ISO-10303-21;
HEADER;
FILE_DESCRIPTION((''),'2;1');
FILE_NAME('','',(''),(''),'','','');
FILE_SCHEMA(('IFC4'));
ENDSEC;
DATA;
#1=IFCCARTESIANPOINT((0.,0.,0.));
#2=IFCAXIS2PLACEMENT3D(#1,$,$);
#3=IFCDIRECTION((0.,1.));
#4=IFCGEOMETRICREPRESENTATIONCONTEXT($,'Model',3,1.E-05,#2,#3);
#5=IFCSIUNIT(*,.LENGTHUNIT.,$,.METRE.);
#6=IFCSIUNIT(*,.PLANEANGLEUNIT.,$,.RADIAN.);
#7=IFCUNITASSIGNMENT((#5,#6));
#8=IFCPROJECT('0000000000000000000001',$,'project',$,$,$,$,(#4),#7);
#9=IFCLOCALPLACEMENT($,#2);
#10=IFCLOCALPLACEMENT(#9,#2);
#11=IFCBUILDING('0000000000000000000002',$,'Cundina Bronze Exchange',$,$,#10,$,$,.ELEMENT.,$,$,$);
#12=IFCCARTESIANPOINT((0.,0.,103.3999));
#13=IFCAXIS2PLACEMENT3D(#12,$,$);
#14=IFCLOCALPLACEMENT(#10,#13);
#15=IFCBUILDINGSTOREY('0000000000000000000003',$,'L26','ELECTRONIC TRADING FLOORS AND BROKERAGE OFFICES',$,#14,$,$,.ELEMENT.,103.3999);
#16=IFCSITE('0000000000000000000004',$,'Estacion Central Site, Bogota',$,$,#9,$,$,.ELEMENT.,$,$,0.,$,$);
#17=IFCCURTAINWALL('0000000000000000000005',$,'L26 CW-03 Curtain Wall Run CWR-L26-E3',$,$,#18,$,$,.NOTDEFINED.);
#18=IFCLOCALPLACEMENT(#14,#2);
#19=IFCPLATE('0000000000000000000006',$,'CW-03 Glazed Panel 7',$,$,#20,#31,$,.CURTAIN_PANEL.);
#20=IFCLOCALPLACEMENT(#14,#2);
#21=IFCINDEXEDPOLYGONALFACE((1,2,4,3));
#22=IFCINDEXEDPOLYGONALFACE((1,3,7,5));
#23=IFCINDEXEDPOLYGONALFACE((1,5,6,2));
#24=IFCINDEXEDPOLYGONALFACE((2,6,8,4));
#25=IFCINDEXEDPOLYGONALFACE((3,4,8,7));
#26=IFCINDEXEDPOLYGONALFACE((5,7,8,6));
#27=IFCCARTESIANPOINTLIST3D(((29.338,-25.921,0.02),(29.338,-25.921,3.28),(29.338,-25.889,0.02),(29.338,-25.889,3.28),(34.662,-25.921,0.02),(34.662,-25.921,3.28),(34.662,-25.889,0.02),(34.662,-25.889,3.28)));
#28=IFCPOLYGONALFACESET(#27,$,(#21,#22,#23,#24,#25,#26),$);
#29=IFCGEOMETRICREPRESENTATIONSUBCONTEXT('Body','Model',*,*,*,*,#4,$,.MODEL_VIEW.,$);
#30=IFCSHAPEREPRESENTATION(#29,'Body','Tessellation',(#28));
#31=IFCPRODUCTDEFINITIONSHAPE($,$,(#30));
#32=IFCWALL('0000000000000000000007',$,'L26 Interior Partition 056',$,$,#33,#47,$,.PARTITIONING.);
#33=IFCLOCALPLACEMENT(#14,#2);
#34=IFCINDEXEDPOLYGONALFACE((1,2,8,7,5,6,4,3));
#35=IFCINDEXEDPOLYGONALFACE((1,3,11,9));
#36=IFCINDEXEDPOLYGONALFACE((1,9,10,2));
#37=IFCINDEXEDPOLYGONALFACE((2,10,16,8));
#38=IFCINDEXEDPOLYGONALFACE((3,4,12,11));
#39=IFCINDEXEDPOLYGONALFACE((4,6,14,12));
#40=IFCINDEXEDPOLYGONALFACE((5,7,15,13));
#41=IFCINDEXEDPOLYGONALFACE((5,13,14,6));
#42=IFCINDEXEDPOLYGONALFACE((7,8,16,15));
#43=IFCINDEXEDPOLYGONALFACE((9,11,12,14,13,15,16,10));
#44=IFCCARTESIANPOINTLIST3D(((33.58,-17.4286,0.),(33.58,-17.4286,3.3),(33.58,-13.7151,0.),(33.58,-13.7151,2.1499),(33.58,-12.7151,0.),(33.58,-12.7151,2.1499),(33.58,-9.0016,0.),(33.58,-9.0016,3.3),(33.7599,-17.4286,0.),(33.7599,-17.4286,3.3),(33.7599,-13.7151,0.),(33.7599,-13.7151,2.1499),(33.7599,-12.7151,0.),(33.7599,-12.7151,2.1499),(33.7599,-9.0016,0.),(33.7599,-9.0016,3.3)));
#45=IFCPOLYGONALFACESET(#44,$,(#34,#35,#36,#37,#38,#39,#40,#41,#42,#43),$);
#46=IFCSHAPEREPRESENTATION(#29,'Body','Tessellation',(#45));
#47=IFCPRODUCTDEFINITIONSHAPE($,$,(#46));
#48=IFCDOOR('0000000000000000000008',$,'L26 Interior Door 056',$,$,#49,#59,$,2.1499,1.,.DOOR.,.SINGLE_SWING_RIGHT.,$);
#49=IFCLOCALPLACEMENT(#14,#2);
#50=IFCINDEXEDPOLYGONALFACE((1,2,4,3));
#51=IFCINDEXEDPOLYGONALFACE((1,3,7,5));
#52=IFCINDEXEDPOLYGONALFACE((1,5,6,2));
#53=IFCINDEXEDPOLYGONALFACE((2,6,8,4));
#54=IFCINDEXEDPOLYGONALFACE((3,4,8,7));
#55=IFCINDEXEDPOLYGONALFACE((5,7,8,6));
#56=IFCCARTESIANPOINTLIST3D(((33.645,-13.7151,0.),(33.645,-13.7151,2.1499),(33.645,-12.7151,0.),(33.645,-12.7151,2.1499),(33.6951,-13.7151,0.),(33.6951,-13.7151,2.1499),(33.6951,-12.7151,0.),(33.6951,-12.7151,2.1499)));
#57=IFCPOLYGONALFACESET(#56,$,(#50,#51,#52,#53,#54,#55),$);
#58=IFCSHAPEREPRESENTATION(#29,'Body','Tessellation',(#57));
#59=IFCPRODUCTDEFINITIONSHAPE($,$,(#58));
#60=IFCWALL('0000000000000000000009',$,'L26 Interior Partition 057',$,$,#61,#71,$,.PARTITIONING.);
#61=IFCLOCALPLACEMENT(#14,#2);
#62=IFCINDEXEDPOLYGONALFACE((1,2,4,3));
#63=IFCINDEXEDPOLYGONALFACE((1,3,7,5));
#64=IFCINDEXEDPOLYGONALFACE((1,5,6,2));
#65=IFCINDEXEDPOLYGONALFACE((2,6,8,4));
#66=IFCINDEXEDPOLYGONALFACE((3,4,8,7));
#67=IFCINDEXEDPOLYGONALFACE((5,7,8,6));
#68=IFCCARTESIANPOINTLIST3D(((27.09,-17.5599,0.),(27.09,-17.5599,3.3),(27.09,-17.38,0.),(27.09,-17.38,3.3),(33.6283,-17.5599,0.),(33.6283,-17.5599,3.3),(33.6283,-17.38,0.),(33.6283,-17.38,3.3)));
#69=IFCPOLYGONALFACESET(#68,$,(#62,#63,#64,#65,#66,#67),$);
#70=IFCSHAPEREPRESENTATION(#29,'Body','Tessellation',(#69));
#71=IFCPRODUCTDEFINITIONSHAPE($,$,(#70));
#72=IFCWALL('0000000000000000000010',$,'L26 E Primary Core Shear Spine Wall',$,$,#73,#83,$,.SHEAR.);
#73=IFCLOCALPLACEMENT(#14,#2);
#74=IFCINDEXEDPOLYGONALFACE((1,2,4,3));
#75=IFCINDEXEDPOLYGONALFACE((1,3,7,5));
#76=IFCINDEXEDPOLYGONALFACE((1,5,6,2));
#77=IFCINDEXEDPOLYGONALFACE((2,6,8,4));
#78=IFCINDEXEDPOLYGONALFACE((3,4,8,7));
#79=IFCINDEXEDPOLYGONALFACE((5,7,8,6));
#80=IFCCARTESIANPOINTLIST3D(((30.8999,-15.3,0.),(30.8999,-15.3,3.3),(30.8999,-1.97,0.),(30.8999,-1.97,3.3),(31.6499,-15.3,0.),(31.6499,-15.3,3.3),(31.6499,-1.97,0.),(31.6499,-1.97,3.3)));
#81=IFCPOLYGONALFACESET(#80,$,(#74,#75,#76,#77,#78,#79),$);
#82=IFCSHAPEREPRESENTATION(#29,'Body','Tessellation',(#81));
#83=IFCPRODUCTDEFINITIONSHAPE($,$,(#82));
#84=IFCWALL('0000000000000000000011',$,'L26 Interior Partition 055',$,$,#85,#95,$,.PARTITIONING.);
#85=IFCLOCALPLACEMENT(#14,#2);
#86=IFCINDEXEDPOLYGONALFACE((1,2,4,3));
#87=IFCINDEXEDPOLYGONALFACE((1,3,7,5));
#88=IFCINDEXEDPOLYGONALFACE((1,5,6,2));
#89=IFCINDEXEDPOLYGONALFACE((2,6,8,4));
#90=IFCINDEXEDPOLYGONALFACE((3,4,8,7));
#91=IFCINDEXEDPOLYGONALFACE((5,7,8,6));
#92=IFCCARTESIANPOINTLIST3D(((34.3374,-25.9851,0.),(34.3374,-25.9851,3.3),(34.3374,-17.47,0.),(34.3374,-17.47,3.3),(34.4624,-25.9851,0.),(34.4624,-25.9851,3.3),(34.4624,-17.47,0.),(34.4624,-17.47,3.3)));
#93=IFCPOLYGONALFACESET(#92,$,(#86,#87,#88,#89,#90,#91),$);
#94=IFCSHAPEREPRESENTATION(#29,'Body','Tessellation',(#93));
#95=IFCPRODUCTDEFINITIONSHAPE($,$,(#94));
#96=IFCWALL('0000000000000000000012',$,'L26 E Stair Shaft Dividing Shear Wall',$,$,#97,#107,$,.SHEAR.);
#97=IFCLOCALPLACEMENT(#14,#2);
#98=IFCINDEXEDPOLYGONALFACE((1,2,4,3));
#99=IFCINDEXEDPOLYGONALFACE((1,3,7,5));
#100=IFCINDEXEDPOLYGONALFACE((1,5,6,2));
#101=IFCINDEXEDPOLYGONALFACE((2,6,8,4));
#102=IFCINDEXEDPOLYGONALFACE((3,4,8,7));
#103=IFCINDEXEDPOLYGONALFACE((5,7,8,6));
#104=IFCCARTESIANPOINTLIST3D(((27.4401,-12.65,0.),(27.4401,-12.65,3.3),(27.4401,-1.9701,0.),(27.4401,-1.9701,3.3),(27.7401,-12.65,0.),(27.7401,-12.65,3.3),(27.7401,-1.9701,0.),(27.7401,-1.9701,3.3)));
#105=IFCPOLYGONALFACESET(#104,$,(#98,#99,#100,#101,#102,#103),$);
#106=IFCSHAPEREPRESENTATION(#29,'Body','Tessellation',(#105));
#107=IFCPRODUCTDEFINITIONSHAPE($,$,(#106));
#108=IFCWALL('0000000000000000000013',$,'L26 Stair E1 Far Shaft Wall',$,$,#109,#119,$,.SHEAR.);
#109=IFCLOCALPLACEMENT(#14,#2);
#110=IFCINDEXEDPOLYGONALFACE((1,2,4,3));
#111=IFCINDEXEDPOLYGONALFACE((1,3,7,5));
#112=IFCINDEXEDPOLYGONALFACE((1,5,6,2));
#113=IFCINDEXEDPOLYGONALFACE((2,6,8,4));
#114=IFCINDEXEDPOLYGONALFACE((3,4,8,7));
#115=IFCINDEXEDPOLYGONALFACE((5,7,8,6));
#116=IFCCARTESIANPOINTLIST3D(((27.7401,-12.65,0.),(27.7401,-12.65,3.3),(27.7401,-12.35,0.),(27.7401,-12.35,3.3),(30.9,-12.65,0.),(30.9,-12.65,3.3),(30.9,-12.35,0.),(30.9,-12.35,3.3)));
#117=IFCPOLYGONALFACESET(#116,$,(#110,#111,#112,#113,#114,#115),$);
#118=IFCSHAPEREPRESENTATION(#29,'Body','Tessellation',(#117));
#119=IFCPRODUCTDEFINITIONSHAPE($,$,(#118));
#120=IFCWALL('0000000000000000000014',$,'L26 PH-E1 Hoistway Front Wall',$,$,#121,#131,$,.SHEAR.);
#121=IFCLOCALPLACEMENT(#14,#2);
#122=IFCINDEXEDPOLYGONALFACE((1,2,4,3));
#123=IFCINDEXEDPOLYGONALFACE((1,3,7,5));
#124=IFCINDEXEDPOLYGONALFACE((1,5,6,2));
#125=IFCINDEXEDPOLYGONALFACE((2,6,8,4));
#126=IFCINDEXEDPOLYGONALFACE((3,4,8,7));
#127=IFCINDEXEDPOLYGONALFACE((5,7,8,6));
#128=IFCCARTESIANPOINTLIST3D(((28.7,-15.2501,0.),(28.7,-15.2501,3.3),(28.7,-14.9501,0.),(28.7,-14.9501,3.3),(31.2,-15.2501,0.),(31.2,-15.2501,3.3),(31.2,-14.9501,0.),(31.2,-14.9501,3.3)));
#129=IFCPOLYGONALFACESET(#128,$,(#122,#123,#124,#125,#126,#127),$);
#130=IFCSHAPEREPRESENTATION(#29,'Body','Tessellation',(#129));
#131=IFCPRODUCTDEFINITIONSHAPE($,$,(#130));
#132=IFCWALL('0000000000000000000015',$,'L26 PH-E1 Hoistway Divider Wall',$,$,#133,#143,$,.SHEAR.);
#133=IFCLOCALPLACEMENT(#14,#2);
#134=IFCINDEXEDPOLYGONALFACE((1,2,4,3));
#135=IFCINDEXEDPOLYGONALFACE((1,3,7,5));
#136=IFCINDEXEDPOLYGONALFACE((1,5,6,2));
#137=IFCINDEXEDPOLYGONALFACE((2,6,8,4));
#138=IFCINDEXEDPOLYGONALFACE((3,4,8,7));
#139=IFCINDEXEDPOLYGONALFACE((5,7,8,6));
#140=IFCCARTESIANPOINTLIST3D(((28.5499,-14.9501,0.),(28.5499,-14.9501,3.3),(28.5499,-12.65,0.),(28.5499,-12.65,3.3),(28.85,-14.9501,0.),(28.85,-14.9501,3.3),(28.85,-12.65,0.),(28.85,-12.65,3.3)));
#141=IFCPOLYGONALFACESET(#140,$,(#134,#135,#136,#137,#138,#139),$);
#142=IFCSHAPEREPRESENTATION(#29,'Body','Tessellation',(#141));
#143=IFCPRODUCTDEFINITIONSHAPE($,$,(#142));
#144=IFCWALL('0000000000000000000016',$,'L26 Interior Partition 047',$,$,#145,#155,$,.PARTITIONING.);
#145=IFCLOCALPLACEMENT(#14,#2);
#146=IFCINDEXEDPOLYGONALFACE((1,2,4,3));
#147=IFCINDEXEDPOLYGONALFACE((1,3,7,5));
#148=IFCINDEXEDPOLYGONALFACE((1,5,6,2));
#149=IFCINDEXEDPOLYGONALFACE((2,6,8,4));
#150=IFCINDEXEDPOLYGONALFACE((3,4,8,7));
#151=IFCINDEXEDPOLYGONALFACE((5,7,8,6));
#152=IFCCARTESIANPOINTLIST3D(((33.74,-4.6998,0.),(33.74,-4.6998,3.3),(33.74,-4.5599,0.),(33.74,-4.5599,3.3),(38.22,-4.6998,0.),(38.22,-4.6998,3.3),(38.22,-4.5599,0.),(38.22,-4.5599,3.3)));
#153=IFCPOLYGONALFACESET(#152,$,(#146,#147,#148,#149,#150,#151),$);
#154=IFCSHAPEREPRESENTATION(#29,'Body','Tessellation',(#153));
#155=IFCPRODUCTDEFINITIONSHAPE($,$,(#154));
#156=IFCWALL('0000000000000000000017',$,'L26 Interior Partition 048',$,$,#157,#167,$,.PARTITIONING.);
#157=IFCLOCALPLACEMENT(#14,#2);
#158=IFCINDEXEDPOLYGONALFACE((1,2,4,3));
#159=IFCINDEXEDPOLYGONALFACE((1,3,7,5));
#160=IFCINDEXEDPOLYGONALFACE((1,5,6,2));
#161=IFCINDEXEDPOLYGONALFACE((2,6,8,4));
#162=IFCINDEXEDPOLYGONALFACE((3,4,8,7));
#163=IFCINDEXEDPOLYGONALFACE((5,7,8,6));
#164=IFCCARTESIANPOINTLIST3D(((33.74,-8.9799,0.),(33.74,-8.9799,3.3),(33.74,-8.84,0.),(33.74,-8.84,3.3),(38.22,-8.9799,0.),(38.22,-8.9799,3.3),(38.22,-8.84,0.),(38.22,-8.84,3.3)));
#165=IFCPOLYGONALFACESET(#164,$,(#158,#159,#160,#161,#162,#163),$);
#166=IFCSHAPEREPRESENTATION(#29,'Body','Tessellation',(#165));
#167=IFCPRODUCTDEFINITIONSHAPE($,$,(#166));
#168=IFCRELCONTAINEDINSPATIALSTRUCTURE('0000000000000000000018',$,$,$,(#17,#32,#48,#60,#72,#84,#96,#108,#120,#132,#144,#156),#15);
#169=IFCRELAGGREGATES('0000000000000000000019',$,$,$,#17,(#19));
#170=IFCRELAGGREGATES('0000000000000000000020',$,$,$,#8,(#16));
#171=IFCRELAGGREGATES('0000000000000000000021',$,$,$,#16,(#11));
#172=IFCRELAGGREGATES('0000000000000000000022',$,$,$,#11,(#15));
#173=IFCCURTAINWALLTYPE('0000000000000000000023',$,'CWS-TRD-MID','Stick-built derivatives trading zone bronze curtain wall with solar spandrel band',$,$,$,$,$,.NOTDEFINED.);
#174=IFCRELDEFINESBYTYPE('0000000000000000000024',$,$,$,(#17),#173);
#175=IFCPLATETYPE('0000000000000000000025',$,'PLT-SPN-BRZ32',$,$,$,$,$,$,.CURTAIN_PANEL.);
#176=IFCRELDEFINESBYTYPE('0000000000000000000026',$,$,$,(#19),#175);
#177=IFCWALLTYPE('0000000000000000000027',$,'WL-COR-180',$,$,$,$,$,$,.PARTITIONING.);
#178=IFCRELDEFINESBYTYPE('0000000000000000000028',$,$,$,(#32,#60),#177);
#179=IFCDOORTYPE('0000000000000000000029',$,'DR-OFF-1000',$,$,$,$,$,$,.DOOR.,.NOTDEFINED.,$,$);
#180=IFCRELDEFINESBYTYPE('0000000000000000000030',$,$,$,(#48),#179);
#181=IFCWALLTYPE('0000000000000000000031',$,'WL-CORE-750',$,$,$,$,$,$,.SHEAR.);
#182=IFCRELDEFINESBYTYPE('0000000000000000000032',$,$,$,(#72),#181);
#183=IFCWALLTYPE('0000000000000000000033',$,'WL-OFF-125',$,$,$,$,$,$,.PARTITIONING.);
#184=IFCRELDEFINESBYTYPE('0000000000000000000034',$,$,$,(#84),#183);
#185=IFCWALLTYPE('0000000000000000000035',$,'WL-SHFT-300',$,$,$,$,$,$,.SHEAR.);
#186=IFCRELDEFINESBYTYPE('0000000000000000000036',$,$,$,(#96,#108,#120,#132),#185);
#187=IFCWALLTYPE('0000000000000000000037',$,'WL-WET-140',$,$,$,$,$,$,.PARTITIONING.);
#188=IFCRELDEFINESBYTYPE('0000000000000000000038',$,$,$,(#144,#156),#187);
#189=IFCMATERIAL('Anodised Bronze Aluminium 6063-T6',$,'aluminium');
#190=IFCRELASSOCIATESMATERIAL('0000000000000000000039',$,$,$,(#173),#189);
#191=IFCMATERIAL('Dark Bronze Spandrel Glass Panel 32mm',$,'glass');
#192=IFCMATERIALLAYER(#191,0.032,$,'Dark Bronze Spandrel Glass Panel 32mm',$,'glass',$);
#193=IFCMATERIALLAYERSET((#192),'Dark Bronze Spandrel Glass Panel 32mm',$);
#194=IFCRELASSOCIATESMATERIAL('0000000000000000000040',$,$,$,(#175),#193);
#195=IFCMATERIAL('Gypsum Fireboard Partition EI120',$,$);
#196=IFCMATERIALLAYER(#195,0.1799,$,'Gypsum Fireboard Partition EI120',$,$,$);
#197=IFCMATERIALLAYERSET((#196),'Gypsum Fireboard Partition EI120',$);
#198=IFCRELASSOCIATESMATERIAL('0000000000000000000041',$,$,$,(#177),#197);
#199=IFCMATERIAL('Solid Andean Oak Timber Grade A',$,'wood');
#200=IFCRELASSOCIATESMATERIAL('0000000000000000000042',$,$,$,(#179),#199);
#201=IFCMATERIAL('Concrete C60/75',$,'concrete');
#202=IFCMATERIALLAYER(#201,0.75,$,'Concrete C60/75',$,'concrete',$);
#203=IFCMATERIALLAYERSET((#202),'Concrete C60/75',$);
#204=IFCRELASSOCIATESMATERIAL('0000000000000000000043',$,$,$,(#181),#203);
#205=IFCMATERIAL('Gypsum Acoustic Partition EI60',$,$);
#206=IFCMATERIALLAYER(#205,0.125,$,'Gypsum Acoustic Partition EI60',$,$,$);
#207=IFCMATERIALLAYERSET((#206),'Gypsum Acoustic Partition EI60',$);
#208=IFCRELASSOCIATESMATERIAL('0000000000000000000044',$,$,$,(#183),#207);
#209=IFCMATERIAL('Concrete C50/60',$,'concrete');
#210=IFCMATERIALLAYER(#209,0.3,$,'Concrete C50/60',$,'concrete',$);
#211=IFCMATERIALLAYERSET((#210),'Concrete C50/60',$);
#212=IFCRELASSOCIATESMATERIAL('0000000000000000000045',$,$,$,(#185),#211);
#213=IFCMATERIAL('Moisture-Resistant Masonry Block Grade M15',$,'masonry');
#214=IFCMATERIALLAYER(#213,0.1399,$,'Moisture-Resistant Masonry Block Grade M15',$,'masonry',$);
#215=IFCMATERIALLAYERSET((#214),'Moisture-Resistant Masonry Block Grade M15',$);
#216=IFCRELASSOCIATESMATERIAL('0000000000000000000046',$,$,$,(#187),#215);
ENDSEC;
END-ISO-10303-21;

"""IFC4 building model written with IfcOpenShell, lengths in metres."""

from ifc_helpers import new_model, si_unit, direction, frame, frame_2d, origin, origin_2d, place, context, subcontext, project, spatial, rectangle, extrude, material, layer, layer_set, type_object, element, fill, aggregate, save


model = new_model("IFC4")

# Units and contexts
model_context = context("Model", 3, precision=1e-05, world=origin(), true_north=direction((0.0, 1.0)))
body_context = subcontext(model_context, "Body", "Model", "MODEL_VIEW")
ifc_project = project(units=[si_unit("LENGTHUNIT", "METRE"), si_unit("PLANEANGLEUNIT", "RADIAN")], contexts=[model_context])

# Site, building, storey
site_placement = place(None, origin())
site = spatial("IfcSite", under=ifc_project, at=site_placement, Name="Estacion Central Site, Bogota", CompositionType="ELEMENT", RefElevation=0.0)
building_placement = place(site_placement, origin())
building = spatial("IfcBuilding", under=site, at=building_placement, Name="Cundina Bronze Exchange", CompositionType="ELEMENT")
storey_placement = place(building_placement, frame((0.0, 0.0, 103.3999)))
storey = spatial("IfcBuildingStorey", under=building, at=storey_placement, Name="L26", Description="ELECTRONIC TRADING FLOORS AND BROKERAGE OFFICES", CompositionType="ELEMENT", Elevation=103.3999)

# Shared definitions
ifc_material_1 = material(Name="Concrete C60/75", Category="concrete")

# Curtain wall, plate
ifc_material_2 = material(Name="Anodised Bronze Aluminium 6063-T6", Category="aluminium")
curtain_wall_type = type_object("IfcCurtainWallType", Name="CWS-TRD-MID", Description="Stick-built derivatives trading zone bronze curtain wall with solar spandrel band", PredefinedType="NOTDEFINED", material=ifc_material_2)
curtain_wall_placement = place(storey_placement, origin())
curtain_wall = element("IfcCurtainWall", 1, at=curtain_wall_placement, inside=storey, type_object=curtain_wall_type, Name="L26 CW-03 Curtain Wall Run CWR-L26-E3", PredefinedType="NOTDEFINED")
ifc_material_3 = material(Name="Dark Bronze Spandrel Glass Panel 32mm", Category="glass")
ifc_layer_1 = layer(ifc_material_3, 0.032, Name="Dark Bronze Spandrel Glass Panel 32mm", Category="glass")
ifc_layer_set_1 = layer_set([ifc_layer_1], Name="Dark Bronze Spandrel Glass Panel 32mm")
plate_type = type_object("IfcPlateType", Name="PLT-SPN-BRZ32", PredefinedType="CURTAIN_PANEL", material=ifc_layer_set_1)
plate_placement = place(storey_placement, frame((32.0, -25.905, 0.02), z_axis=(0.0, 0.0, 1.0), x_axis=(1.0, 0.0, 0.0)))
plate = element("IfcPlate", 2, at=plate_placement, type_object=plate_type, Name="CW-03 Glazed Panel 7", PredefinedType="CURTAIN_PANEL", context=body_context, shape_type="SweptSolid", body=[
    extrude(rectangle(XDim=5.324, YDim=0.032, at=origin_2d()), origin(), (0.0, 0.0, 1.0), 3.26),
])
aggregate(curtain_wall, [plate])

# Wall, opening, door
ifc_material_4 = material(Name="Gypsum Fireboard Partition EI120")
ifc_layer_2 = layer(ifc_material_4, 0.1799, Name="Gypsum Fireboard Partition EI120")
ifc_layer_set_2 = layer_set([ifc_layer_2], Name="Gypsum Fireboard Partition EI120")
wall_type_1 = type_object("IfcWallType", Name="WL-COR-180", PredefinedType="PARTITIONING", material=ifc_layer_set_2)
ifc_material_5 = material(Name="Solid Andean Oak Timber Grade A", Category="wood")
door_type = type_object("IfcDoorType", Name="DR-OFF-1000", OperationType="NOTDEFINED", PredefinedType="DOOR", material=ifc_material_5)
wall_1_placement = place(storey_placement, frame((33.6699, -17.4285, 0.0), z_axis=(0.0, 0.0, 1.0), x_axis=(0.0, 1.0, 0.0)))
wall_1 = element("IfcWall", 3, at=wall_1_placement, inside=storey, type_object=wall_type_1, Name="L26 Interior Partition 056", PredefinedType="PARTITIONING", context=body_context, shape_type="SweptSolid", body=[
    extrude(rectangle(XDim=8.427, YDim=0.1799, at=frame_2d((4.2134, 0.0))), origin(), (0.0, 0.0, 1.0), 3.3),
])
opening_1_placement = place(wall_1_placement, frame((3.7134, 0.0, 0.0)))
opening_1 = element("IfcOpeningElement", 4, at=opening_1_placement, cuts=wall_1, PredefinedType="OPENING", context=body_context, shape_type="SweptSolid", body=[
    extrude(rectangle(XDim=1.0, YDim=2.1499, at=frame_2d((0.5, 1.075))), frame((0.0, 0.0999, 0.0), z_axis=(0.0, -1.0, 0.0), x_axis=(1.0, 0.0, 0.0)), (0.0, 0.0, 1.0), 0.2),
])
door_1_placement = place(opening_1_placement, origin())
door_1 = element("IfcDoor", 5, at=door_1_placement, inside=storey, type_object=door_type, Name="L26 Interior Door 056", OperationType="SINGLE_SWING_RIGHT", OverallHeight=2.1499, OverallWidth=1.0, PredefinedType="DOOR", context=body_context, shape_type="SweptSolid", body=[
    extrude(rectangle(XDim=1.0, YDim=2.1499, at=frame_2d((0.5, 1.075))), frame((0.0, 0.0249, 0.0), z_axis=(0.0, -1.0, 0.0), x_axis=(1.0, 0.0, 0.0)), (0.0, 0.0, 1.0), 0.05),
])
fill(opening_1, door_1)

# Walls
wall_2_placement = place(storey_placement, frame((27.0901, -17.47, 0.0), z_axis=(0.0, 0.0, 1.0), x_axis=(1.0, 0.0, 0.0)))
element("IfcWall", 6, at=wall_2_placement, inside=storey, type_object=wall_type_1, Name="L26 Interior Partition 057", PredefinedType="PARTITIONING", context=body_context, shape_type="SweptSolid", body=[
    extrude(rectangle(XDim=6.5383, YDim=0.1799, at=frame_2d((3.269, 0.0))), origin(), (0.0, 0.0, 1.0), 3.3),
])
ifc_layer_3 = layer(ifc_material_1, 0.75, Name="Concrete C60/75", Category="concrete")
ifc_layer_set_3 = layer_set([ifc_layer_3], Name="Concrete C60/75")
wall_type_2 = type_object("IfcWallType", Name="WL-CORE-750", PredefinedType="SHEAR", material=ifc_layer_set_3)
wall_3_placement = place(storey_placement, frame((31.2749, -15.3, 0.0), z_axis=(0.0, 0.0, 1.0), x_axis=(0.0, 1.0, 0.0)))
element("IfcWall", 7, at=wall_3_placement, inside=storey, type_object=wall_type_2, Name="L26 E Primary Core Shear Spine Wall", PredefinedType="SHEAR", context=body_context, shape_type="SweptSolid", body=[
    extrude(rectangle(XDim=13.3301, YDim=0.75, at=frame_2d((6.665, 0.0))), origin(), (0.0, 0.0, 1.0), 3.3),
])
ifc_material_6 = material(Name="Gypsum Acoustic Partition EI60")
ifc_layer_4 = layer(ifc_material_6, 0.125, Name="Gypsum Acoustic Partition EI60")
ifc_layer_set_4 = layer_set([ifc_layer_4], Name="Gypsum Acoustic Partition EI60")
wall_type_3 = type_object("IfcWallType", Name="WL-OFF-125", PredefinedType="PARTITIONING", material=ifc_layer_set_4)
wall_4_placement = place(storey_placement, frame((34.3999, -25.9851, 0.0), z_axis=(0.0, 0.0, 1.0), x_axis=(0.0, 1.0, 0.0)))
element("IfcWall", 8, at=wall_4_placement, inside=storey, type_object=wall_type_3, Name="L26 Interior Partition 055", PredefinedType="PARTITIONING", context=body_context, shape_type="SweptSolid", body=[
    extrude(rectangle(XDim=8.5151, YDim=0.125, at=frame_2d((4.2576, 0.0))), origin(), (0.0, 0.0, 1.0), 3.3),
])
ifc_material_7 = material(Name="Concrete C50/60", Category="concrete")
ifc_layer_5 = layer(ifc_material_7, 0.3, Name="Concrete C50/60", Category="concrete")
ifc_layer_set_5 = layer_set([ifc_layer_5], Name="Concrete C50/60")
wall_type_4 = type_object("IfcWallType", Name="WL-SHFT-300", PredefinedType="SHEAR", material=ifc_layer_set_5)
wall_5_placement = place(storey_placement, frame((27.5901, -12.6499, 0.0), z_axis=(0.0, 0.0, 1.0), x_axis=(0.0, 1.0, 0.0)))
element("IfcWall", 9, at=wall_5_placement, inside=storey, type_object=wall_type_4, Name="L26 E Stair Shaft Dividing Shear Wall", PredefinedType="SHEAR", context=body_context, shape_type="SweptSolid", body=[
    extrude(rectangle(XDim=10.6799, YDim=0.3, at=frame_2d((5.3398, 0.0))), origin(), (0.0, 0.0, 1.0), 3.3),
])
wall_6_placement = place(storey_placement, frame((27.74, -12.5, 0.0), z_axis=(0.0, 0.0, 1.0), x_axis=(1.0, 0.0, 0.0)))
element("IfcWall", 10, at=wall_6_placement, inside=storey, type_object=wall_type_4, Name="L26 Stair E1 Far Shaft Wall", PredefinedType="SHEAR", context=body_context, shape_type="SweptSolid", body=[
    extrude(rectangle(XDim=3.1599, YDim=0.3, at=frame_2d((1.5801, 0.0))), origin(), (0.0, 0.0, 1.0), 3.3),
])
wall_7_placement = place(storey_placement, frame((28.7, -15.1001, 0.0), z_axis=(0.0, 0.0, 1.0), x_axis=(1.0, 0.0, 0.0)))
element("IfcWall", 11, at=wall_7_placement, inside=storey, type_object=wall_type_4, Name="L26 PH-E1 Hoistway Front Wall", PredefinedType="SHEAR", context=body_context, shape_type="SweptSolid", body=[
    extrude(rectangle(XDim=2.5, YDim=0.3, at=frame_2d((1.25, 0.0))), origin(), (0.0, 0.0, 1.0), 3.3),
])
wall_8_placement = place(storey_placement, frame((28.7, -14.95, 0.0), z_axis=(0.0, 0.0, 1.0), x_axis=(0.0, 1.0, 0.0)))
element("IfcWall", 12, at=wall_8_placement, inside=storey, type_object=wall_type_4, Name="L26 PH-E1 Hoistway Divider Wall", PredefinedType="SHEAR", context=body_context, shape_type="SweptSolid", body=[
    extrude(rectangle(XDim=2.3, YDim=0.3, at=frame_2d((1.1499, 0.0))), origin(), (0.0, 0.0, 1.0), 3.3),
])
ifc_material_8 = material(Name="Moisture-Resistant Masonry Block Grade M15", Category="masonry")
ifc_layer_6 = layer(ifc_material_8, 0.1399, Name="Moisture-Resistant Masonry Block Grade M15", Category="masonry")
ifc_layer_set_6 = layer_set([ifc_layer_6], Name="Moisture-Resistant Masonry Block Grade M15")
wall_type_5 = type_object("IfcWallType", Name="WL-WET-140", PredefinedType="PARTITIONING", material=ifc_layer_set_6)
for number, where, z_axis, x_axis, name in (
    (13, (33.74, -4.6299, 0.0), (0.0, 0.0, 1.0), (1.0, 0.0, 0.0), "L26 Interior Partition 047"),
    (14, (33.74, -8.9099, 0.0), (0.0, 0.0, 1.0), (1.0, 0.0, 0.0), "L26 Interior Partition 048"),
):
    element("IfcWall", number, at=place(storey_placement, frame(where, z_axis=z_axis, x_axis=x_axis)), inside=storey, type_object=wall_type_5, Name=name, PredefinedType="PARTITIONING", context=body_context, shape_type="SweptSolid", body=[
        extrude(rectangle(XDim=4.48, YDim=0.1399, at=frame_2d((2.24, 0.0))), origin(), (0.0, 0.0, 1.0), 3.3),
    ])

save(model, "model.ifc")
